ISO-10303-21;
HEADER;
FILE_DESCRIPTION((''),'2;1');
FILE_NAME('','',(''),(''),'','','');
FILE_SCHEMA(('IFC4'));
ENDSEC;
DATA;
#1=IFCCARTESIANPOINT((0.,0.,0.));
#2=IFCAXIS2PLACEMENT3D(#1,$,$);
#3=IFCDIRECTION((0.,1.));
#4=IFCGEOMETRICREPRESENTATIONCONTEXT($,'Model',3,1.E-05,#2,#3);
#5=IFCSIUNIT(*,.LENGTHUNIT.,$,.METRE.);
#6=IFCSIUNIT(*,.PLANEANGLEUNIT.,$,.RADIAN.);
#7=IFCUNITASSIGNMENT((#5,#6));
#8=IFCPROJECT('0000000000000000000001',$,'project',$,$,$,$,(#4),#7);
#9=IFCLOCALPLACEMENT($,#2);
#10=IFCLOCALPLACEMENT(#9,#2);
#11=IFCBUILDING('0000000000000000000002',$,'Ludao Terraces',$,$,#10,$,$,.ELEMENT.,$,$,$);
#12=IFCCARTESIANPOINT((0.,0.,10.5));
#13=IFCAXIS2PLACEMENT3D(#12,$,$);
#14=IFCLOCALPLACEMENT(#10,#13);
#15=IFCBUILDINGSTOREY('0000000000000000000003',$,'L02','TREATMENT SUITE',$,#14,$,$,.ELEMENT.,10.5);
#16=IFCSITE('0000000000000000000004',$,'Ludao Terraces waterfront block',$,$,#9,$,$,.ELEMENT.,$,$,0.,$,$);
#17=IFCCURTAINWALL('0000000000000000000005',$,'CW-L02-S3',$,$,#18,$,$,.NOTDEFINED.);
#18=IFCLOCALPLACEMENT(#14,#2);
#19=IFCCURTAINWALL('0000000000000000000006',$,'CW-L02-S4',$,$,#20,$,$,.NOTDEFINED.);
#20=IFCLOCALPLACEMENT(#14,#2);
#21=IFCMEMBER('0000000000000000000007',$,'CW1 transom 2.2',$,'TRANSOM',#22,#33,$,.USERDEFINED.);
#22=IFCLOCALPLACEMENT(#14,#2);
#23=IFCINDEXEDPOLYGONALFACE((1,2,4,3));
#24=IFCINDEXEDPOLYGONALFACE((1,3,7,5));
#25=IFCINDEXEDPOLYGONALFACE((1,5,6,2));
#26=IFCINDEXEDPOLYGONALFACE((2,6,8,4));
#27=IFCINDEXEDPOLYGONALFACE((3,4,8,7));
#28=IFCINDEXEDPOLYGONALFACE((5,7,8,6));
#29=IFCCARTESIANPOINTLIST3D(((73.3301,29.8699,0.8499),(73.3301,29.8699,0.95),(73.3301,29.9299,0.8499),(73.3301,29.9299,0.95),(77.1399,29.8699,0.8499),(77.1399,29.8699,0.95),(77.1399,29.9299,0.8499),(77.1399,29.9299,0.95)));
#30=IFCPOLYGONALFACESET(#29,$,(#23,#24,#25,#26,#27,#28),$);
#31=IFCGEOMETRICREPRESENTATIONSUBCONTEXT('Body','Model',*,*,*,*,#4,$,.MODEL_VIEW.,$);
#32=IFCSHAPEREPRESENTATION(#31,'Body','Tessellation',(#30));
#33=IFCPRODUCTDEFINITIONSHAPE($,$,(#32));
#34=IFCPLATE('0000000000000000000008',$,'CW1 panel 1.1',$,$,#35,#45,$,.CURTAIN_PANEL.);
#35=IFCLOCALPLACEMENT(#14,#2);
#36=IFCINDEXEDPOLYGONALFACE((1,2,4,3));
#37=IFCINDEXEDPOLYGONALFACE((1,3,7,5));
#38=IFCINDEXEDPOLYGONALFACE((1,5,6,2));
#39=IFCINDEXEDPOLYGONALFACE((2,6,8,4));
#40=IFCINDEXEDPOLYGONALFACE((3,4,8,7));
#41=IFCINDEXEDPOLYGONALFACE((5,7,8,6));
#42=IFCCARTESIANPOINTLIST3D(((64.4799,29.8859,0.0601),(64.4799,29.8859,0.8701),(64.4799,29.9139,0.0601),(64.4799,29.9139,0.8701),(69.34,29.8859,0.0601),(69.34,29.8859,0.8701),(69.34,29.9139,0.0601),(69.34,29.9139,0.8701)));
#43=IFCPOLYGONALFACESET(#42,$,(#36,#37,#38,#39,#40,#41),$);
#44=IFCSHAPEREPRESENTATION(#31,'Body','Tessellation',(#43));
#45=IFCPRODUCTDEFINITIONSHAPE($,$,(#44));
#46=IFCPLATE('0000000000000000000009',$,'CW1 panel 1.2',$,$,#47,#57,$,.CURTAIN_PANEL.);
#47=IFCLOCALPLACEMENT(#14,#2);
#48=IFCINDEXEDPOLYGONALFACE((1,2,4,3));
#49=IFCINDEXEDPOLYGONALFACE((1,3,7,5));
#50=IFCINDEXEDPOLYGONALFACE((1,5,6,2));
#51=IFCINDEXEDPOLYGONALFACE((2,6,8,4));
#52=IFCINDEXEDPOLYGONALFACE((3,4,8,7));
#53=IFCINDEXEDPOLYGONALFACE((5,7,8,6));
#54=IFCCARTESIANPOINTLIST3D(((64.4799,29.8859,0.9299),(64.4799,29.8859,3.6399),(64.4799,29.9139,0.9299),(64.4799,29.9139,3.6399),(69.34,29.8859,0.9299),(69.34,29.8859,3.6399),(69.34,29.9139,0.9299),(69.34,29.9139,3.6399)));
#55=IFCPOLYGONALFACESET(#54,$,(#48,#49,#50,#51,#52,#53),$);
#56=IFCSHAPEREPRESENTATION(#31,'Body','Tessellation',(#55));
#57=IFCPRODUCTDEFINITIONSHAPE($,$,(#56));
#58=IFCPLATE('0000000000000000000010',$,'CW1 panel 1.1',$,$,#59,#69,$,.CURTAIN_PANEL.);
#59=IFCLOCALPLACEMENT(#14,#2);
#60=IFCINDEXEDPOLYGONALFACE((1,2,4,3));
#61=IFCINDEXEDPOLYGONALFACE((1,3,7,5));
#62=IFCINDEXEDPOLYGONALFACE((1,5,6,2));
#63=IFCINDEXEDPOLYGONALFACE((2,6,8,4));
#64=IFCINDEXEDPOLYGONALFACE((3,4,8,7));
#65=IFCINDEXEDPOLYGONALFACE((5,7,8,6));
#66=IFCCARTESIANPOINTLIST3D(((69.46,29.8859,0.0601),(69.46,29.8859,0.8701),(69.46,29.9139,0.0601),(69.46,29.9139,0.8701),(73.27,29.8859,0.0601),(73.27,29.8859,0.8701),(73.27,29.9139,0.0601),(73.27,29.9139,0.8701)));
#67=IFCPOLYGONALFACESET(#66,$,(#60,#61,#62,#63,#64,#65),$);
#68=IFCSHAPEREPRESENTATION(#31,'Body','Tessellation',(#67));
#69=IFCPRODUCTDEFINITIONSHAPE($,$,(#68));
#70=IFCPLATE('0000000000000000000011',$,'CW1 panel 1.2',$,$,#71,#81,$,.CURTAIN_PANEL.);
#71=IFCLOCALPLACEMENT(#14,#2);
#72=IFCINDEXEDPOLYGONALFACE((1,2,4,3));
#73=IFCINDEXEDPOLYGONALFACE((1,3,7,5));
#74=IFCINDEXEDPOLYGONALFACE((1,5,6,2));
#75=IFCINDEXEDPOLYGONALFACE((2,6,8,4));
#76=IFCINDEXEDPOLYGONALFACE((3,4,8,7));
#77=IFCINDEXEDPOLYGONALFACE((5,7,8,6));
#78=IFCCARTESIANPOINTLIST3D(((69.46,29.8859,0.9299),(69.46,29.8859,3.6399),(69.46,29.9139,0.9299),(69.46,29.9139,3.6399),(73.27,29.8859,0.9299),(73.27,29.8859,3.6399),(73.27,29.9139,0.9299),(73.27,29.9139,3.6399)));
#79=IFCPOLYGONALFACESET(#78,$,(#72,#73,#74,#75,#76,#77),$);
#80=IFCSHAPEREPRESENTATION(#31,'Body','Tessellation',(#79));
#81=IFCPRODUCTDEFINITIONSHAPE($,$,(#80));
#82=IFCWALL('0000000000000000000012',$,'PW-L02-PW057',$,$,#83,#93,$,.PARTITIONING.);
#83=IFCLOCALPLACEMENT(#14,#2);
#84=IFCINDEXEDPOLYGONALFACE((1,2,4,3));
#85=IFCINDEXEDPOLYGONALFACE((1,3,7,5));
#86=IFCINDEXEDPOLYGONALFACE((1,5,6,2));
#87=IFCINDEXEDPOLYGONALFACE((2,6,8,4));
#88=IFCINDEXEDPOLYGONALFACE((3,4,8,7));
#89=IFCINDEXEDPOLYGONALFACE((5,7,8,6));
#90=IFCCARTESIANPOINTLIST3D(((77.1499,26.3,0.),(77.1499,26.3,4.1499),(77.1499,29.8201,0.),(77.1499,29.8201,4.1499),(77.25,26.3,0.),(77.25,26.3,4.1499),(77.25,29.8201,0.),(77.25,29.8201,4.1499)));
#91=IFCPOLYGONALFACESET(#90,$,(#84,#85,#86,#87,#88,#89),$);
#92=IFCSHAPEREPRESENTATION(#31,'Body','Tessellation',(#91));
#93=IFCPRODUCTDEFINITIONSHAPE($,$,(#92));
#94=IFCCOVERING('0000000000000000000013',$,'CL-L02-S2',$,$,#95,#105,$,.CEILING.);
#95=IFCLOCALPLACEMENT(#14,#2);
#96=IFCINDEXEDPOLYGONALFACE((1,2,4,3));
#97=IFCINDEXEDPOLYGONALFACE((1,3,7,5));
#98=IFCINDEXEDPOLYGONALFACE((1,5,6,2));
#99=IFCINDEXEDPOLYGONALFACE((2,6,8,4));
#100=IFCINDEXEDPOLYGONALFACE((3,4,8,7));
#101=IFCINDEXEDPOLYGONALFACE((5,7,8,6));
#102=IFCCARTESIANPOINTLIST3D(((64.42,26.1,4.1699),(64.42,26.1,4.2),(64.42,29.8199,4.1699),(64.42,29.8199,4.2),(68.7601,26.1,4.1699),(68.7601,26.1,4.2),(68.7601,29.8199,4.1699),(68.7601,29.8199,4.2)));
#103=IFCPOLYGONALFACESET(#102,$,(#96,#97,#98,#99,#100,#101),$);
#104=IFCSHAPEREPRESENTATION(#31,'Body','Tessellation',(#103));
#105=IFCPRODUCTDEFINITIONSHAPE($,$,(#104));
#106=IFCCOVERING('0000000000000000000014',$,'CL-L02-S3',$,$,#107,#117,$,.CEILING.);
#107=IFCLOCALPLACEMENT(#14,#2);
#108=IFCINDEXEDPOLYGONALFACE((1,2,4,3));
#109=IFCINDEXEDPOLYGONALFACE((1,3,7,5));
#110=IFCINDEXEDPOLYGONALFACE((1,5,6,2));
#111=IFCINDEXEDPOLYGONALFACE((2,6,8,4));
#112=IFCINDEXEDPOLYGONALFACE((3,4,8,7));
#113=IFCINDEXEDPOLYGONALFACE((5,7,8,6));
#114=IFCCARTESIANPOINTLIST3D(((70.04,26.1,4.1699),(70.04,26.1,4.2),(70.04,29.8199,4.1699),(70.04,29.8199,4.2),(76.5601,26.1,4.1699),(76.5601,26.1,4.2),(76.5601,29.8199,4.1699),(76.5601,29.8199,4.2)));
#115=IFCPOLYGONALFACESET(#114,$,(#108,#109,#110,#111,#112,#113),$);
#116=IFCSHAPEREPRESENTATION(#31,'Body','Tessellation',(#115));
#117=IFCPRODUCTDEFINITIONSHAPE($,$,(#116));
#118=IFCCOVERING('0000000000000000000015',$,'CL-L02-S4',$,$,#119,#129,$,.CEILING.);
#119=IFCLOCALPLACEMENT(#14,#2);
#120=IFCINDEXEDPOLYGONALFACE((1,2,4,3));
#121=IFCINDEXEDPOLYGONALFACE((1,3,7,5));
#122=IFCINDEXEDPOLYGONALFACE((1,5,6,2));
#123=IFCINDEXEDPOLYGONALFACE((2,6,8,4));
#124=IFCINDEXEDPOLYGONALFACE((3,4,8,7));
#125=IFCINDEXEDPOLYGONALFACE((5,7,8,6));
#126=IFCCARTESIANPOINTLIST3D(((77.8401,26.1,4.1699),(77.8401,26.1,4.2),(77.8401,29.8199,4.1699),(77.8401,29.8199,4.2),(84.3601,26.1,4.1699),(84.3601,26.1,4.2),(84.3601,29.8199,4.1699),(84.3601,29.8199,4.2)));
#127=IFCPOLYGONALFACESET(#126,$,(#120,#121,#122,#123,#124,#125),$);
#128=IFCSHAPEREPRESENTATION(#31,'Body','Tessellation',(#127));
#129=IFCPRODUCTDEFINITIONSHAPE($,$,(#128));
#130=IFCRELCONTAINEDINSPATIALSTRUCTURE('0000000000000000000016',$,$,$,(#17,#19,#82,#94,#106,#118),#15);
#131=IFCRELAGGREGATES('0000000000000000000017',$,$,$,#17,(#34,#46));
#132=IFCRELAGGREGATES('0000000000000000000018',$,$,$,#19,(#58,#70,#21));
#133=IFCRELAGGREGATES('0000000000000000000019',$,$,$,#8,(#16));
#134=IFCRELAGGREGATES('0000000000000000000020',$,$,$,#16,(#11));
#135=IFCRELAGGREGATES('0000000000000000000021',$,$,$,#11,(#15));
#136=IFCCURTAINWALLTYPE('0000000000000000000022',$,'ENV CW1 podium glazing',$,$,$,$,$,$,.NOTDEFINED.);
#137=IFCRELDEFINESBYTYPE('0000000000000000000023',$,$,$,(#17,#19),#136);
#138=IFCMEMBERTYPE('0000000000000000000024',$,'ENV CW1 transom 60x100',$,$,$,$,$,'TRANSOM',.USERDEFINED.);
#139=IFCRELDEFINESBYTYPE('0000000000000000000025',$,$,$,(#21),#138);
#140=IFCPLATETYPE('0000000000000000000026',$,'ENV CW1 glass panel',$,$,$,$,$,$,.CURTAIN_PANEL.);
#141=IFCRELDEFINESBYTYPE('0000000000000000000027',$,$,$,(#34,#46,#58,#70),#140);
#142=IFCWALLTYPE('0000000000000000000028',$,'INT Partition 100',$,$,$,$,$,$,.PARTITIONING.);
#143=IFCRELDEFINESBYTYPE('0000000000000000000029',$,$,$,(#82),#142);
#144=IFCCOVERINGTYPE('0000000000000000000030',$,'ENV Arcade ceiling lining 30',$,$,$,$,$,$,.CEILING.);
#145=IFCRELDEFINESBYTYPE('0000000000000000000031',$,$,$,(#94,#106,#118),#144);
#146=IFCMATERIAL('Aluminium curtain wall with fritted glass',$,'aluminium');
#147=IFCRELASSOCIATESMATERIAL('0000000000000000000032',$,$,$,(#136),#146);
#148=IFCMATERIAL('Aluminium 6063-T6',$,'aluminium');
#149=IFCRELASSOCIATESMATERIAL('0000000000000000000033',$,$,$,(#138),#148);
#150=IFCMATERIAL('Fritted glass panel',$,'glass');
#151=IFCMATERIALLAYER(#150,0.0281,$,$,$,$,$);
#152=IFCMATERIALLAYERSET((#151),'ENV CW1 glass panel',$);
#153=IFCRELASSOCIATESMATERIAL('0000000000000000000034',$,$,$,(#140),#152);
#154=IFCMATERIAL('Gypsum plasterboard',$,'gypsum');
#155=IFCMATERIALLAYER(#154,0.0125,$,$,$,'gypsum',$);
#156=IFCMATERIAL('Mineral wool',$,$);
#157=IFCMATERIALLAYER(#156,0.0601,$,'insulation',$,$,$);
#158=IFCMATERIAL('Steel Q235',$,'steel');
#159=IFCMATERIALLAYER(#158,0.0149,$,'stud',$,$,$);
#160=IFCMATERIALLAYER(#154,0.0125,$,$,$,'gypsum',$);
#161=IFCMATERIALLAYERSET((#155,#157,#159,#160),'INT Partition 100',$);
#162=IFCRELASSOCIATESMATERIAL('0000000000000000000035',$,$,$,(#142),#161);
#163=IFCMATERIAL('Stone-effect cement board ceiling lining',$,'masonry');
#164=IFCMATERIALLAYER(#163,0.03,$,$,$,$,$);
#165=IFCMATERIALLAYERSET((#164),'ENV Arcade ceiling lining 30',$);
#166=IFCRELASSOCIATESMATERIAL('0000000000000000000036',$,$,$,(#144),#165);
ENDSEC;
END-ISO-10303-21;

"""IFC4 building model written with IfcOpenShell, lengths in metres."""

from ifc_helpers import new_model, si_unit, direction, frame, frame_2d, origin, origin_2d, place, context, subcontext, project, spatial, rectangle, extrude, material, layer, layer_set, material_profile, profile_set, type_object, element, aggregate, save


model = new_model("IFC4")

# Units and contexts
model_context = context("Model", 3, precision=1e-05, world=origin(), true_north=direction((0.0, 1.0)))
body_context = subcontext(model_context, "Body", "Model", "MODEL_VIEW")
ifc_project = project(units=[si_unit("LENGTHUNIT", "METRE"), si_unit("PLANEANGLEUNIT", "RADIAN")], contexts=[model_context])

# Site, building, storey
site_placement = place(None, origin())
site = spatial("IfcSite", under=ifc_project, at=site_placement, Name="Ludao Terraces waterfront block", CompositionType="ELEMENT", RefElevation=0.0)
building_placement = place(site_placement, origin())
building = spatial("IfcBuilding", under=site, at=building_placement, Name="Ludao Terraces", CompositionType="ELEMENT")
storey_placement = place(building_placement, frame((0.0, 0.0, 10.5)))
storey = spatial("IfcBuildingStorey", under=building, at=storey_placement, Name="L02", Description="TREATMENT SUITE", CompositionType="ELEMENT", Elevation=10.5)

# Curtain wall
ifc_material_1 = material(Name="Aluminium curtain wall with fritted glass", Category="aluminium")
curtain_wall_type = type_object("IfcCurtainWallType", Name="ENV CW1 podium glazing", PredefinedType="NOTDEFINED", material=ifc_material_1)
curtain_wall_1_placement = place(storey_placement, origin())
curtain_wall_1 = element("IfcCurtainWall", 1, at=curtain_wall_1_placement, inside=storey, type_object=curtain_wall_type, Name="CW-L02-S3", PredefinedType="NOTDEFINED")
ifc_material_2 = material(Name="Aluminium 6063-T6", Category="aluminium")

# Curtain wall, member
curtain_wall_2_placement = place(storey_placement, origin())
curtain_wall_2 = element("IfcCurtainWall", 2, at=curtain_wall_2_placement, inside=storey, type_object=curtain_wall_type, Name="CW-L02-S4", PredefinedType="NOTDEFINED")
ifc_material_profile_1 = material_profile(ifc_material_2, rectangle(XDim=0.0601, YDim=0.1001, at=origin_2d()), Name="60 X 100")
ifc_profile_set_1 = profile_set([ifc_material_profile_1], Name="Aluminium 6063-T6")
member_type_1 = type_object("IfcMemberType", Name="ENV CW1 transom 60x100", ElementType="TRANSOM", PredefinedType="USERDEFINED", material=ifc_profile_set_1)
member_1_placement = place(storey_placement, frame((73.3301, 29.8999, 0.8999), z_axis=(1.0, 0.0, 0.0), x_axis=(0.0, 1.0, 0.0)))
member_1 = element("IfcMember", 3, at=member_1_placement, type_object=member_type_1, Name="CW1 transom 2.2", ObjectType="TRANSOM", PredefinedType="USERDEFINED", context=body_context, shape_type="SweptSolid", body=[
    extrude(rectangle(XDim=0.0601, YDim=0.1001, at=origin_2d()), origin(), (0.0, 0.0, 1.0), 3.8098),
])

# Plates
ifc_material_3 = material(Name="Fritted glass panel", Category="glass")
ifc_layer_1 = layer(ifc_material_3, 0.0281)
ifc_layer_set_1 = layer_set([ifc_layer_1], Name="ENV CW1 glass panel")
plate_type = type_object("IfcPlateType", Name="ENV CW1 glass panel", PredefinedType="CURTAIN_PANEL", material=ifc_layer_set_1)
plate_1_placement = place(storey_placement, frame((66.9099, 29.8999, 0.0601), z_axis=(0.0, 0.0, 1.0), x_axis=(1.0, 0.0, 0.0)))
plate_1 = element("IfcPlate", 4, at=plate_1_placement, type_object=plate_type, Name="CW1 panel 1.1", PredefinedType="CURTAIN_PANEL", context=body_context, shape_type="SweptSolid", body=[
    extrude(rectangle(XDim=4.8601, YDim=0.0281, at=origin_2d()), origin(), (0.0, 0.0, 1.0), 0.8101),
])
plate_2_placement = place(storey_placement, frame((66.9099, 29.8999, 0.9299), z_axis=(0.0, 0.0, 1.0), x_axis=(1.0, 0.0, 0.0)))
plate_2 = element("IfcPlate", 5, at=plate_2_placement, type_object=plate_type, Name="CW1 panel 1.2", PredefinedType="CURTAIN_PANEL", context=body_context, shape_type="SweptSolid", body=[
    extrude(rectangle(XDim=4.8601, YDim=0.0281, at=origin_2d()), origin(), (0.0, 0.0, 1.0), 2.71),
])
aggregate(curtain_wall_1, [plate_1, plate_2])
plate_3_placement = place(storey_placement, frame((71.365, 29.8999, 0.0601), z_axis=(0.0, 0.0, 1.0), x_axis=(1.0, 0.0, 0.0)))
plate_3 = element("IfcPlate", 6, at=plate_3_placement, type_object=plate_type, Name="CW1 panel 1.1", PredefinedType="CURTAIN_PANEL", context=body_context, shape_type="SweptSolid", body=[
    extrude(rectangle(XDim=3.8101, YDim=0.0281, at=origin_2d()), origin(), (0.0, 0.0, 1.0), 0.8101),
])
plate_4_placement = place(storey_placement, frame((71.365, 29.8999, 0.9299), z_axis=(0.0, 0.0, 1.0), x_axis=(1.0, 0.0, 0.0)))
plate_4 = element("IfcPlate", 7, at=plate_4_placement, type_object=plate_type, Name="CW1 panel 1.2", PredefinedType="CURTAIN_PANEL", context=body_context, shape_type="SweptSolid", body=[
    extrude(rectangle(XDim=3.8101, YDim=0.0281, at=origin_2d()), origin(), (0.0, 0.0, 1.0), 2.71),
])
aggregate(curtain_wall_2, [plate_3, plate_4, member_1])

# Wall
ifc_material_4 = material(Name="Gypsum plasterboard", Category="gypsum")
ifc_layer_2 = layer(ifc_material_4, 0.0125, Category="gypsum")
ifc_material_5 = material(Name="Mineral wool")
ifc_layer_3 = layer(ifc_material_5, 0.0601, Name="insulation")
ifc_material_6 = material(Name="Steel Q235", Category="steel")
ifc_layer_4 = layer(ifc_material_6, 0.0149, Name="stud")
ifc_layer_5 = layer(ifc_material_4, 0.0125, Category="gypsum")
ifc_layer_set_2 = layer_set([ifc_layer_2, ifc_layer_3, ifc_layer_4, ifc_layer_5], Name="INT Partition 100")
wall_type = type_object("IfcWallType", Name="INT Partition 100", PredefinedType="PARTITIONING", material=ifc_layer_set_2)
wall_placement = place(storey_placement, frame((77.2, 26.3, 0.0), z_axis=(0.0, 0.0, 1.0), x_axis=(0.0, 1.0, 0.0)))
element("IfcWall", 8, at=wall_placement, inside=storey, type_object=wall_type, Name="PW-L02-PW057", PredefinedType="PARTITIONING", context=body_context, shape_type="SweptSolid", body=[
    extrude(rectangle(XDim=3.52, YDim=0.1001, at=frame_2d((1.76, 0.0))), origin(), (0.0, 0.0, 1.0), 4.1499),
])

# Coverings
ifc_material_7 = material(Name="Stone-effect cement board ceiling lining", Category="masonry")
ifc_layer_6 = layer(ifc_material_7, 0.03)
ifc_layer_set_3 = layer_set([ifc_layer_6], Name="ENV Arcade ceiling lining 30")
covering_type = type_object("IfcCoveringType", Name="ENV Arcade ceiling lining 30", PredefinedType="CEILING", material=ifc_layer_set_3)
covering_placement = place(storey_placement, frame((66.5901, 27.96, 4.1699), z_axis=(0.0, 0.0, 1.0), x_axis=(1.0, 0.0, 0.0)))
element("IfcCovering", 9, at=covering_placement, inside=storey, type_object=covering_type, Name="CL-L02-S2", PredefinedType="CEILING", context=body_context, shape_type="SweptSolid", body=[
    extrude(rectangle(XDim=4.3401, YDim=3.72, at=origin_2d()), origin(), (0.0, 0.0, 1.0), 0.03),
])
for number, where, z_axis, x_axis, name in (
    (10, (73.3, 27.96, 4.1699), (0.0, 0.0, 1.0), (1.0, 0.0, 0.0), "CL-L02-S3"),
    (11, (81.1001, 27.96, 4.1699), (0.0, 0.0, 1.0), (1.0, 0.0, 0.0), "CL-L02-S4"),
):
    element("IfcCovering", number, at=place(storey_placement, frame(where, z_axis=z_axis, x_axis=x_axis)), inside=storey, type_object=covering_type, Name=name, PredefinedType="CEILING", context=body_context, shape_type="SweptSolid", body=[
        extrude(rectangle(XDim=6.52, YDim=3.72, at=origin_2d()), origin(), (0.0, 0.0, 1.0), 0.03),
    ])

save(model, "model.ifc")
